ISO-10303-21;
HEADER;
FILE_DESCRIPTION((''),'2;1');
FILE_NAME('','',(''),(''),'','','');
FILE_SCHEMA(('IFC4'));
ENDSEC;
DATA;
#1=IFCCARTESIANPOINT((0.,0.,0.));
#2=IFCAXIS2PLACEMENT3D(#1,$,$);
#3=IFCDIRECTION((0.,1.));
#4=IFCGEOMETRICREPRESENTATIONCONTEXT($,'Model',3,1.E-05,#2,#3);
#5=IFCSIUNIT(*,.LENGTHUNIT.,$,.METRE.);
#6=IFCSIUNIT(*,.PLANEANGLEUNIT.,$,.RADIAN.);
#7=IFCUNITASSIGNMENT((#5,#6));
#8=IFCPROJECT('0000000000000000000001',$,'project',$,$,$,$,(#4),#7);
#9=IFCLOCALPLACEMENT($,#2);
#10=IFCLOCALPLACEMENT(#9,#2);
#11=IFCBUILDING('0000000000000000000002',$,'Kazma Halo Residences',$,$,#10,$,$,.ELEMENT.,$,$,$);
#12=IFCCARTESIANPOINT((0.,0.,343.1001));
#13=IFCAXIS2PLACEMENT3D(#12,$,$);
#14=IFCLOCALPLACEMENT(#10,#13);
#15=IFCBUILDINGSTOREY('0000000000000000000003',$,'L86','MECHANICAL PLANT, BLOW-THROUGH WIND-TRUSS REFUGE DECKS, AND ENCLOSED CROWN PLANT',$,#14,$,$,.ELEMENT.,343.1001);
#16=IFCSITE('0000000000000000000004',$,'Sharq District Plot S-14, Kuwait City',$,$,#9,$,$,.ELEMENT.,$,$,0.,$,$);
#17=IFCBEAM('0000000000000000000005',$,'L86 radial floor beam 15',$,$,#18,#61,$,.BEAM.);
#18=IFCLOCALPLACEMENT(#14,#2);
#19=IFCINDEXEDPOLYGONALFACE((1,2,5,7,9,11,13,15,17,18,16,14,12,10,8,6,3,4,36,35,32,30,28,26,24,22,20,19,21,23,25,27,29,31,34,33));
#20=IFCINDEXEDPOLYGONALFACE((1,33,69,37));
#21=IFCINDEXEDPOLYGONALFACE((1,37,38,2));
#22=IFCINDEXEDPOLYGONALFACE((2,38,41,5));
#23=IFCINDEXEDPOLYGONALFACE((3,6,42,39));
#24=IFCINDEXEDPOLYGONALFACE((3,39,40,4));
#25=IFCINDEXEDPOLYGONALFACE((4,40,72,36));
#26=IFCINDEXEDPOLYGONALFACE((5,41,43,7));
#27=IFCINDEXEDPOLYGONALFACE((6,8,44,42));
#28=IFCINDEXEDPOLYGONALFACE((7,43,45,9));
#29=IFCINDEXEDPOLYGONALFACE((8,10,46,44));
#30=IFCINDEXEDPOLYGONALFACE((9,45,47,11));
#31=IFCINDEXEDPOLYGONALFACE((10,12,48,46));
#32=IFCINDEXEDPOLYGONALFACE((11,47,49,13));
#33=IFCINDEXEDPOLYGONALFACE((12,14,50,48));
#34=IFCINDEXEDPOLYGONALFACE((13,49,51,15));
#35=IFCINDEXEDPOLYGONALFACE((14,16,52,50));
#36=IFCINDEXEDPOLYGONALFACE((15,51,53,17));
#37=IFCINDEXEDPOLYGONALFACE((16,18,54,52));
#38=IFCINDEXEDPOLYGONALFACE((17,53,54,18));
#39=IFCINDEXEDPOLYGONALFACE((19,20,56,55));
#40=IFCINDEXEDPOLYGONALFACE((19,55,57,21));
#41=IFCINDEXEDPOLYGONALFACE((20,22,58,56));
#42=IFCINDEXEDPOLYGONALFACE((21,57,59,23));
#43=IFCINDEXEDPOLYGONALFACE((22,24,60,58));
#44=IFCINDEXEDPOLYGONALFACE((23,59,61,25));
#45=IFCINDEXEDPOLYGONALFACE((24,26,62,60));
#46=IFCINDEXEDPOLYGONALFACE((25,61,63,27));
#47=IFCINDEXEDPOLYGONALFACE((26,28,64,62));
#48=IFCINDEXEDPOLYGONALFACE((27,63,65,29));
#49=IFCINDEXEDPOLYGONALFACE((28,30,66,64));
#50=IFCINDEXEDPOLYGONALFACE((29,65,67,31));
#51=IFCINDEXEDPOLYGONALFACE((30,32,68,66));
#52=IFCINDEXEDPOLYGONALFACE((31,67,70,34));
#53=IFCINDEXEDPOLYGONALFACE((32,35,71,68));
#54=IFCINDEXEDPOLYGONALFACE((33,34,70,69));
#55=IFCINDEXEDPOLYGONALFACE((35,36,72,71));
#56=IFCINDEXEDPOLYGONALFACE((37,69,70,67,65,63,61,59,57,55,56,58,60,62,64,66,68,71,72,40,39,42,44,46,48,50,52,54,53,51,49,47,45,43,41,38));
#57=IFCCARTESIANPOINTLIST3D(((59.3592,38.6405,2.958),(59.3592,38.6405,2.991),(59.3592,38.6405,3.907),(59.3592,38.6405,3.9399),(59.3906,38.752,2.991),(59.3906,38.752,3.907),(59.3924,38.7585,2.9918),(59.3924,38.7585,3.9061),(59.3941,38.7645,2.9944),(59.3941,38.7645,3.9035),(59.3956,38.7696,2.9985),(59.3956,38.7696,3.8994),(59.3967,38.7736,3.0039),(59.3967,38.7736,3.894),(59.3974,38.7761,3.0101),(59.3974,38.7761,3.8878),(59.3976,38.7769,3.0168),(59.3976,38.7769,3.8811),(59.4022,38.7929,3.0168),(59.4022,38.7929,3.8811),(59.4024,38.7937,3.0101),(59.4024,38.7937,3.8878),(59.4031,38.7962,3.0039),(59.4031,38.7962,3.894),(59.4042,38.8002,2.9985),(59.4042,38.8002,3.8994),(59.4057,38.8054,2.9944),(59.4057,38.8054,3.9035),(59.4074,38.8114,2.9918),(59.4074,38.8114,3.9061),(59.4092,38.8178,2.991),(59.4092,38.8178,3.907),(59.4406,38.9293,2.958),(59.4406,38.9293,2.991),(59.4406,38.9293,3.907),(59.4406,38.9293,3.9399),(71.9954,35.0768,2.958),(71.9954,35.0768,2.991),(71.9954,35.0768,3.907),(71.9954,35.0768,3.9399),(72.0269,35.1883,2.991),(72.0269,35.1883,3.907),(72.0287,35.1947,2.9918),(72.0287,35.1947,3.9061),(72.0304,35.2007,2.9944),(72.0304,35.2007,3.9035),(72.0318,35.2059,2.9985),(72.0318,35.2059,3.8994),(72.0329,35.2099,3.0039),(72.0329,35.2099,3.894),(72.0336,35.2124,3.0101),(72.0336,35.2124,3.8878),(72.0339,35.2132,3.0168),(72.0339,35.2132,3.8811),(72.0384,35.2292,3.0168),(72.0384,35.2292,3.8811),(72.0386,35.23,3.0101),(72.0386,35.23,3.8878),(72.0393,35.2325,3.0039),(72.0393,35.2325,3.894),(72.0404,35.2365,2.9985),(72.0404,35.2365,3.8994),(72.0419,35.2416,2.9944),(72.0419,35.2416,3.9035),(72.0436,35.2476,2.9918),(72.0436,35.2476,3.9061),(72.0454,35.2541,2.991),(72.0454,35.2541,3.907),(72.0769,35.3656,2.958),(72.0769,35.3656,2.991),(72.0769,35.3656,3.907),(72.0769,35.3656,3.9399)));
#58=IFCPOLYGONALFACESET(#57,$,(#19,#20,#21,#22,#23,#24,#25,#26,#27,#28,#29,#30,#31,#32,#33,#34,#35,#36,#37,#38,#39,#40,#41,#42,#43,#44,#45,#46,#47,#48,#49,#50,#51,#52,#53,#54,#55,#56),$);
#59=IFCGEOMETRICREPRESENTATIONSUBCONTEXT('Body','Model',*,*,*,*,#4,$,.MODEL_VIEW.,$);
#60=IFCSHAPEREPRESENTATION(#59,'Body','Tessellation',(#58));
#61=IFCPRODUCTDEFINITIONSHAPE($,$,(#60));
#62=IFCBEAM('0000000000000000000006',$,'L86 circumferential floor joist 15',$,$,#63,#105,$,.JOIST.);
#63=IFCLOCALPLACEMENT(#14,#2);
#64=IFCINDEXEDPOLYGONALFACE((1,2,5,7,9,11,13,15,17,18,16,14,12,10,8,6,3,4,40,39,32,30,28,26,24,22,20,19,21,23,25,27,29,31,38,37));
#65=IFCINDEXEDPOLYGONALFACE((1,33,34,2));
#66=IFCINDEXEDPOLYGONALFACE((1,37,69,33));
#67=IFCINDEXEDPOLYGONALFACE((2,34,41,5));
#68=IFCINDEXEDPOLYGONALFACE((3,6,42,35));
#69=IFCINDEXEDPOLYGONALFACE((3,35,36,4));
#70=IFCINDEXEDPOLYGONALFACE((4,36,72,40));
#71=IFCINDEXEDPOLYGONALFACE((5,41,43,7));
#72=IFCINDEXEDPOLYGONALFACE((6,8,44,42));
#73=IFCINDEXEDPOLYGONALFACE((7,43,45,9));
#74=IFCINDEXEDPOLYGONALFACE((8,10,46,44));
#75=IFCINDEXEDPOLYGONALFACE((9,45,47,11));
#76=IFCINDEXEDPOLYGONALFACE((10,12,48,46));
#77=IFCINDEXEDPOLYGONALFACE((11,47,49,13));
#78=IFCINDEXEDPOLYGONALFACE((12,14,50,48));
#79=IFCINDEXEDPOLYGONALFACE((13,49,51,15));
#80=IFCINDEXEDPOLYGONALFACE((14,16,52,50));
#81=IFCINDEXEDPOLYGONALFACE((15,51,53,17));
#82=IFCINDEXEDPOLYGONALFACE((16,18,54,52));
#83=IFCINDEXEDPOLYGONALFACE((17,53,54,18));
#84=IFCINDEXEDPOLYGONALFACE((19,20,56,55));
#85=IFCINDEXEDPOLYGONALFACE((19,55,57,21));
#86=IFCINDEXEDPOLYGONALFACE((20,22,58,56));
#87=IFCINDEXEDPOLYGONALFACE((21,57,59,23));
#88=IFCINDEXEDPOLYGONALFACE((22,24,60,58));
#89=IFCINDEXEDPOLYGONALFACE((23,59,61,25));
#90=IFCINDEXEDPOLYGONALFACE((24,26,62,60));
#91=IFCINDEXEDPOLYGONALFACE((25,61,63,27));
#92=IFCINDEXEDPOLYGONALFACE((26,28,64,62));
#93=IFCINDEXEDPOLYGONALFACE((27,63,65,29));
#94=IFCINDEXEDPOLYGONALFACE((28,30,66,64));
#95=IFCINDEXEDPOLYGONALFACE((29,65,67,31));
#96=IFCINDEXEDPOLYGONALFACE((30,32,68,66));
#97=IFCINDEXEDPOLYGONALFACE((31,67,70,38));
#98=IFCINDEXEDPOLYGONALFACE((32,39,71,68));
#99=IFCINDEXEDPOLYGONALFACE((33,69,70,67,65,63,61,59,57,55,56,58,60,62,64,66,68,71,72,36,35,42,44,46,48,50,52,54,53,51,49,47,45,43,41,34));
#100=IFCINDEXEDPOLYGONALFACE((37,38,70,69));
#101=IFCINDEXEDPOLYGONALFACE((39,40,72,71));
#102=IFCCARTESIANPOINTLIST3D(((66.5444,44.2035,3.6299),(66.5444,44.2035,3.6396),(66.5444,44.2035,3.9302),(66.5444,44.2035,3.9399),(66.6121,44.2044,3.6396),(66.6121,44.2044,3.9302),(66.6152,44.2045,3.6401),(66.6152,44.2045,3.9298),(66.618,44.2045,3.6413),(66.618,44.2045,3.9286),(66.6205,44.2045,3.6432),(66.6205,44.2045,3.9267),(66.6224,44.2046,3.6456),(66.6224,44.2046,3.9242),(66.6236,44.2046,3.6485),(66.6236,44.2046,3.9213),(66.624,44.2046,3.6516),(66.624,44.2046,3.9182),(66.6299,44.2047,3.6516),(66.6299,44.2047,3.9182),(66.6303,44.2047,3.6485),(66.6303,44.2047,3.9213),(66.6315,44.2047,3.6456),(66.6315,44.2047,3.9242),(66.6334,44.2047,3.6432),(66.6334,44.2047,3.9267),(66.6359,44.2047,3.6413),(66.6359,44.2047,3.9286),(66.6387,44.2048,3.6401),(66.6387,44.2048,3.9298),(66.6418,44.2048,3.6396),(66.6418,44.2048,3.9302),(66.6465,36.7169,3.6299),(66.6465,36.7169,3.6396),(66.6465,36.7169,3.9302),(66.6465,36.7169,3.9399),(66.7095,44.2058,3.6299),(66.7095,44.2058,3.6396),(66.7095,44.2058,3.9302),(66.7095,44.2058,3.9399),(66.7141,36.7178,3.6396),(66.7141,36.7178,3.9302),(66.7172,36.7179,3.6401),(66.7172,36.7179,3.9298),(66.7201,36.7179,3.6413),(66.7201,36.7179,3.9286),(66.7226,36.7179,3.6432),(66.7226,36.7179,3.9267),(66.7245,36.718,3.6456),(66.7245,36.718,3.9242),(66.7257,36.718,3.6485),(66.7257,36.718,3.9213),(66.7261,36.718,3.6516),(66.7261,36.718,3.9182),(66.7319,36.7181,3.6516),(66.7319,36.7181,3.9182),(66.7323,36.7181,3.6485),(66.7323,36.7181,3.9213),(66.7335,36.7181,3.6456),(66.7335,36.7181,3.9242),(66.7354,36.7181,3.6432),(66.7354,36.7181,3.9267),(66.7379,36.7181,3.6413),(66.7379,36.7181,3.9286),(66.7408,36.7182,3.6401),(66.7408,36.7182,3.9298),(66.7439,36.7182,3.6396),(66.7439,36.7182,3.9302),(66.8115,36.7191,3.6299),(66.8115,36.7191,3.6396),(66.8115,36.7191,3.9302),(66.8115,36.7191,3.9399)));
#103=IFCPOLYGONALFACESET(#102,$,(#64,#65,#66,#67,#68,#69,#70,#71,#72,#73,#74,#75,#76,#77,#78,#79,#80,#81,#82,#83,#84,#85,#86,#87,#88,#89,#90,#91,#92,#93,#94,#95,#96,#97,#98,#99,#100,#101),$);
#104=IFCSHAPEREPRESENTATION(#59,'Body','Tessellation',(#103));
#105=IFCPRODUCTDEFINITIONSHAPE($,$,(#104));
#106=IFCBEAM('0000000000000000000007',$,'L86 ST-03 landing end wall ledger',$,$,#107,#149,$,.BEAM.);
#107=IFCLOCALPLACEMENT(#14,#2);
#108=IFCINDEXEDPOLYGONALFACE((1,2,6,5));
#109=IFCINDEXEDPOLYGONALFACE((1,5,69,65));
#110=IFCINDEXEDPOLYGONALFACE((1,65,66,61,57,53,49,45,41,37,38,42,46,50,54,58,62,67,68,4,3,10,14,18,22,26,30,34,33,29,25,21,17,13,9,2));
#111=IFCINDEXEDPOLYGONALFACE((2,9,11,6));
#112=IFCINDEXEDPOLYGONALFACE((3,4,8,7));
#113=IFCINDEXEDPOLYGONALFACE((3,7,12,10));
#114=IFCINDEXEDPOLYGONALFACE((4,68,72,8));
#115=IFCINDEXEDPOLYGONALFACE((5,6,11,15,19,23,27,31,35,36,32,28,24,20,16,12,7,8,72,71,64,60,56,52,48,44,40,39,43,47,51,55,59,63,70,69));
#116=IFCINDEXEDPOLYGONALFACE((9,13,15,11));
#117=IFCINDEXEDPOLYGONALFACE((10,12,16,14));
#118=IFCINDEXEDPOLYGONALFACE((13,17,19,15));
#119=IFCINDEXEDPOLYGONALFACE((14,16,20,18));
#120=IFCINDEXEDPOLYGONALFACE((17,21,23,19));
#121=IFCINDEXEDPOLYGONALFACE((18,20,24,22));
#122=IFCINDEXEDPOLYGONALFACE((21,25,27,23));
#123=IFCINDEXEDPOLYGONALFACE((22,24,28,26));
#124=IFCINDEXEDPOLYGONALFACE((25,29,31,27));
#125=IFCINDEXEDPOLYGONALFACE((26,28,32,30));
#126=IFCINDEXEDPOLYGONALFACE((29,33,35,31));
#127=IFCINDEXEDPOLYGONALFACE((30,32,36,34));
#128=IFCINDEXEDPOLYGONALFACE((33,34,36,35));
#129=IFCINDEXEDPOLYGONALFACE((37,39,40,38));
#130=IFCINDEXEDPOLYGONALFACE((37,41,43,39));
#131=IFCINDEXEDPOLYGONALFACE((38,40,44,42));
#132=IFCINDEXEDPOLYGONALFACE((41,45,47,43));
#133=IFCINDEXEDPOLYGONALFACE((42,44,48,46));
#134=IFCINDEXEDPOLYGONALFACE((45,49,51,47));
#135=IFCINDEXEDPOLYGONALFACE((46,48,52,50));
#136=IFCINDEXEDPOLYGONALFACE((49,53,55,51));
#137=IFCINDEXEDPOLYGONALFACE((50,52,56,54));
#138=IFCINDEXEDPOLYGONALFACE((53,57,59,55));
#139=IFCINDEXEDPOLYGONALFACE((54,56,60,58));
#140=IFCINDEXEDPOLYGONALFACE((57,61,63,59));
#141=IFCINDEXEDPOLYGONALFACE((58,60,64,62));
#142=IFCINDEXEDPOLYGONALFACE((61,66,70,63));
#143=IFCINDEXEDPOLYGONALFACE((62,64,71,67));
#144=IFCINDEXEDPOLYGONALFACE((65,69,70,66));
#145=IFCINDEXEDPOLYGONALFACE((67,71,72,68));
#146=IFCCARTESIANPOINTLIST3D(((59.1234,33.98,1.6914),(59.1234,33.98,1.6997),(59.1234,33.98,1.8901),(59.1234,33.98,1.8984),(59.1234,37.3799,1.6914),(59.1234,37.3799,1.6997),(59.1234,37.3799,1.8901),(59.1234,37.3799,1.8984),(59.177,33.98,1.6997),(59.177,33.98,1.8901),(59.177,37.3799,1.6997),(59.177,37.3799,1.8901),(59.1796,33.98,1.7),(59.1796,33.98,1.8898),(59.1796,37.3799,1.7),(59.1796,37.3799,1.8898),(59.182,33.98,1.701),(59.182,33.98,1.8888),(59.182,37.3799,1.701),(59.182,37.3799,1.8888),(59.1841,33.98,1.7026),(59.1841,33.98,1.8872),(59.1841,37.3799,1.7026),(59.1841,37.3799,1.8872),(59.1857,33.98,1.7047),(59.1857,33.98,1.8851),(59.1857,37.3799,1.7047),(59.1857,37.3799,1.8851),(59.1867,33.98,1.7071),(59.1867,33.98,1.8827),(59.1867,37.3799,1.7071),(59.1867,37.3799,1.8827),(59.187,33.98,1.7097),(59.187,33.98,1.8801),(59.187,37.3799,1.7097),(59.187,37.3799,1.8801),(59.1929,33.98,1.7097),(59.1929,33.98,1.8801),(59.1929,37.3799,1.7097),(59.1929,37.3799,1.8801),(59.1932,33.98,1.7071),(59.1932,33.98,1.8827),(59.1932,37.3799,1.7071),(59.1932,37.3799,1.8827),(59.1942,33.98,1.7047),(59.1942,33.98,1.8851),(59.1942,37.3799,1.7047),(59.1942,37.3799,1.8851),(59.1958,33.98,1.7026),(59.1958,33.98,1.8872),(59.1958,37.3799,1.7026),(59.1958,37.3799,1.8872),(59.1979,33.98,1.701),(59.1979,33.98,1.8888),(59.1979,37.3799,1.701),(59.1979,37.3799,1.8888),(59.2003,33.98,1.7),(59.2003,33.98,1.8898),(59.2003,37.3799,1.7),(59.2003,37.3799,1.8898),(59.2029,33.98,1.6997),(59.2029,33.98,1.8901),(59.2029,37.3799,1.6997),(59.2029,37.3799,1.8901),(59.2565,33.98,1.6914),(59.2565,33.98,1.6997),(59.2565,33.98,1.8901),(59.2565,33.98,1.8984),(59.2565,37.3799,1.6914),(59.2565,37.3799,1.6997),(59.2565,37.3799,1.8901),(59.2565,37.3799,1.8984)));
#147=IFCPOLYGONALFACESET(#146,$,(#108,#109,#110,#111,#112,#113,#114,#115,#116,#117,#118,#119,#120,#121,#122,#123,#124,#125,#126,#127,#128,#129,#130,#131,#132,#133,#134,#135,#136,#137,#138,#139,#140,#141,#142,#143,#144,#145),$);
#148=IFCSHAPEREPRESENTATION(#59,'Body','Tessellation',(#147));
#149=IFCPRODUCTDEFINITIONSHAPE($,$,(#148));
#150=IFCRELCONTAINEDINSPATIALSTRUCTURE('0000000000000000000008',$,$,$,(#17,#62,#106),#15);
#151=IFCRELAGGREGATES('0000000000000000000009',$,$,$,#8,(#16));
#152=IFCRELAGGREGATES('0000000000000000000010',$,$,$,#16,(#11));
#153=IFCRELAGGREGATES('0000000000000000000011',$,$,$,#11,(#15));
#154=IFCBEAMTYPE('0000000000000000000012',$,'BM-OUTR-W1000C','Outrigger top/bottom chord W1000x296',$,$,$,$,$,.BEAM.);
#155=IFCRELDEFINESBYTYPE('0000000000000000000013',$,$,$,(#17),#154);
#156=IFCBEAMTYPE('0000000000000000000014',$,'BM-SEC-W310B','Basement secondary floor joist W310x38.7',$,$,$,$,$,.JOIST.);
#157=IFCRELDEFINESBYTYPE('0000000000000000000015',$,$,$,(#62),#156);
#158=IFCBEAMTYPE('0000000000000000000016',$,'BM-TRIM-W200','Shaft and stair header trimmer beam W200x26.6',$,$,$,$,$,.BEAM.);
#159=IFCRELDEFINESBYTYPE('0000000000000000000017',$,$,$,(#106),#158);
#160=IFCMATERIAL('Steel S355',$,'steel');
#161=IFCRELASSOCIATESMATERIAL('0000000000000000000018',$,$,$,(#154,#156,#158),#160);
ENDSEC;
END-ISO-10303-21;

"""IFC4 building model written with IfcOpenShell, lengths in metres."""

from ifc_helpers import new_model, si_unit, direction, frame, origin, origin_2d, place, context, subcontext, project, spatial, i_section, extrude, material, material_profile, profile_set, type_object, element, save


model = new_model("IFC4")

# Units and contexts
model_context = context("Model", 3, precision=1e-05, world=origin(), true_north=direction((0.0, 1.0)))
body_context = subcontext(model_context, "Body", "Model", "MODEL_VIEW")
ifc_project = project(units=[si_unit("LENGTHUNIT", "METRE"), si_unit("PLANEANGLEUNIT", "RADIAN")], contexts=[model_context])

# Site, building, storey
site_placement = place(None, origin())
site = spatial("IfcSite", under=ifc_project, at=site_placement, Name="Sharq District Plot S-14, Kuwait City", CompositionType="ELEMENT", RefElevation=0.0)
building_placement = place(site_placement, origin())
building = spatial("IfcBuilding", under=site, at=building_placement, Name="Kazma Halo Residences", CompositionType="ELEMENT")
storey_placement = place(building_placement, frame((0.0, 0.0, 343.1001)))
storey = spatial("IfcBuildingStorey", under=building, at=storey_placement, Name="L86", Description="MECHANICAL PLANT, BLOW-THROUGH WIND-TRUSS REFUGE DECKS, AND ENCLOSED CROWN PLANT", CompositionType="ELEMENT", Elevation=343.1001)

# Beams
ifc_material_1 = material(Name="Steel S355", Category="steel")
ifc_material_profile_1 = material_profile(ifc_material_1, i_section(OverallWidth=0.3, OverallDepth=0.9819, WebThickness=0.0166, FlangeThickness=0.033, FilletRadius=0.0259, at=origin_2d()), Name="W1000x296")
ifc_profile_set_1 = profile_set([ifc_material_profile_1], Name="Steel S355")
beam_type_1 = type_object("IfcBeamType", Name="BM-OUTR-W1000C", Description="Outrigger top/bottom chord W1000x296", PredefinedType="BEAM", material=ifc_profile_set_1)
beam_1_placement = place(storey_placement, frame((59.3999, 38.7849, 3.449), z_axis=(0.962457, -0.271436, 0.0), x_axis=(0.271436, 0.962457, 0.0)))
element("IfcBeam", 1, at=beam_1_placement, inside=storey, type_object=beam_type_1, Name="L86 radial floor beam 15", PredefinedType="BEAM", context=body_context, shape_type="SweptSolid", body=[
    extrude(i_section(OverallWidth=0.3, OverallDepth=0.9819, WebThickness=0.0166, FlangeThickness=0.033, FilletRadius=0.0259, at=origin_2d()), origin(), (0.0, 0.0, 1.0), 13.1292),
])
ifc_material_profile_2 = material_profile(ifc_material_1, i_section(OverallWidth=0.165, OverallDepth=0.3101, WebThickness=0.0059, FlangeThickness=0.0098, FilletRadius=0.012, at=origin_2d()), Name="W310x38.7")
ifc_profile_set_2 = profile_set([ifc_material_profile_2], Name="Steel S355")
beam_type_2 = type_object("IfcBeamType", Name="BM-SEC-W310B", Description="Basement secondary floor joist W310x38.7", PredefinedType="JOIST", material=ifc_profile_set_2)
beam_2_placement = place(storey_placement, frame((66.729, 36.718, 3.7849), z_axis=(-0.01363, 0.999907, 0.0), x_axis=(-0.999907, -0.01363, 0.0)))
element("IfcBeam", 2, at=beam_2_placement, inside=storey, type_object=beam_type_2, Name="L86 circumferential floor joist 15", PredefinedType="JOIST", context=body_context, shape_type="SweptSolid", body=[
    extrude(i_section(OverallWidth=0.165, OverallDepth=0.3101, WebThickness=0.0059, FlangeThickness=0.0098, FilletRadius=0.012, at=origin_2d()), origin(), (0.0, 0.0, 1.0), 7.4873),
])
ifc_material_profile_3 = material_profile(ifc_material_1, i_section(OverallWidth=0.1331, OverallDepth=0.207, WebThickness=0.0059, FlangeThickness=0.0083, FilletRadius=0.01, at=origin_2d()), Name="W200x26.6")
ifc_profile_set_3 = profile_set([ifc_material_profile_3], Name="Steel S355")
beam_type_3 = type_object("IfcBeamType", Name="BM-TRIM-W200", Description="Shaft and stair header trimmer beam W200x26.6", PredefinedType="BEAM", material=ifc_profile_set_3)
beam_3_placement = place(storey_placement, frame((59.1899, 33.98, 1.7949), z_axis=(0.0, 1.0, 0.0), x_axis=(-1.0, 0.0, 0.0)))
element("IfcBeam", 3, at=beam_3_placement, inside=storey, type_object=beam_type_3, Name="L86 ST-03 landing end wall ledger", PredefinedType="BEAM", context=body_context, shape_type="SweptSolid", body=[
    extrude(i_section(OverallWidth=0.1331, OverallDepth=0.207, WebThickness=0.0059, FlangeThickness=0.0083, FilletRadius=0.01, at=origin_2d()), origin(), (0.0, 0.0, 1.0), 3.3999),
])

save(model, "model.ifc")
